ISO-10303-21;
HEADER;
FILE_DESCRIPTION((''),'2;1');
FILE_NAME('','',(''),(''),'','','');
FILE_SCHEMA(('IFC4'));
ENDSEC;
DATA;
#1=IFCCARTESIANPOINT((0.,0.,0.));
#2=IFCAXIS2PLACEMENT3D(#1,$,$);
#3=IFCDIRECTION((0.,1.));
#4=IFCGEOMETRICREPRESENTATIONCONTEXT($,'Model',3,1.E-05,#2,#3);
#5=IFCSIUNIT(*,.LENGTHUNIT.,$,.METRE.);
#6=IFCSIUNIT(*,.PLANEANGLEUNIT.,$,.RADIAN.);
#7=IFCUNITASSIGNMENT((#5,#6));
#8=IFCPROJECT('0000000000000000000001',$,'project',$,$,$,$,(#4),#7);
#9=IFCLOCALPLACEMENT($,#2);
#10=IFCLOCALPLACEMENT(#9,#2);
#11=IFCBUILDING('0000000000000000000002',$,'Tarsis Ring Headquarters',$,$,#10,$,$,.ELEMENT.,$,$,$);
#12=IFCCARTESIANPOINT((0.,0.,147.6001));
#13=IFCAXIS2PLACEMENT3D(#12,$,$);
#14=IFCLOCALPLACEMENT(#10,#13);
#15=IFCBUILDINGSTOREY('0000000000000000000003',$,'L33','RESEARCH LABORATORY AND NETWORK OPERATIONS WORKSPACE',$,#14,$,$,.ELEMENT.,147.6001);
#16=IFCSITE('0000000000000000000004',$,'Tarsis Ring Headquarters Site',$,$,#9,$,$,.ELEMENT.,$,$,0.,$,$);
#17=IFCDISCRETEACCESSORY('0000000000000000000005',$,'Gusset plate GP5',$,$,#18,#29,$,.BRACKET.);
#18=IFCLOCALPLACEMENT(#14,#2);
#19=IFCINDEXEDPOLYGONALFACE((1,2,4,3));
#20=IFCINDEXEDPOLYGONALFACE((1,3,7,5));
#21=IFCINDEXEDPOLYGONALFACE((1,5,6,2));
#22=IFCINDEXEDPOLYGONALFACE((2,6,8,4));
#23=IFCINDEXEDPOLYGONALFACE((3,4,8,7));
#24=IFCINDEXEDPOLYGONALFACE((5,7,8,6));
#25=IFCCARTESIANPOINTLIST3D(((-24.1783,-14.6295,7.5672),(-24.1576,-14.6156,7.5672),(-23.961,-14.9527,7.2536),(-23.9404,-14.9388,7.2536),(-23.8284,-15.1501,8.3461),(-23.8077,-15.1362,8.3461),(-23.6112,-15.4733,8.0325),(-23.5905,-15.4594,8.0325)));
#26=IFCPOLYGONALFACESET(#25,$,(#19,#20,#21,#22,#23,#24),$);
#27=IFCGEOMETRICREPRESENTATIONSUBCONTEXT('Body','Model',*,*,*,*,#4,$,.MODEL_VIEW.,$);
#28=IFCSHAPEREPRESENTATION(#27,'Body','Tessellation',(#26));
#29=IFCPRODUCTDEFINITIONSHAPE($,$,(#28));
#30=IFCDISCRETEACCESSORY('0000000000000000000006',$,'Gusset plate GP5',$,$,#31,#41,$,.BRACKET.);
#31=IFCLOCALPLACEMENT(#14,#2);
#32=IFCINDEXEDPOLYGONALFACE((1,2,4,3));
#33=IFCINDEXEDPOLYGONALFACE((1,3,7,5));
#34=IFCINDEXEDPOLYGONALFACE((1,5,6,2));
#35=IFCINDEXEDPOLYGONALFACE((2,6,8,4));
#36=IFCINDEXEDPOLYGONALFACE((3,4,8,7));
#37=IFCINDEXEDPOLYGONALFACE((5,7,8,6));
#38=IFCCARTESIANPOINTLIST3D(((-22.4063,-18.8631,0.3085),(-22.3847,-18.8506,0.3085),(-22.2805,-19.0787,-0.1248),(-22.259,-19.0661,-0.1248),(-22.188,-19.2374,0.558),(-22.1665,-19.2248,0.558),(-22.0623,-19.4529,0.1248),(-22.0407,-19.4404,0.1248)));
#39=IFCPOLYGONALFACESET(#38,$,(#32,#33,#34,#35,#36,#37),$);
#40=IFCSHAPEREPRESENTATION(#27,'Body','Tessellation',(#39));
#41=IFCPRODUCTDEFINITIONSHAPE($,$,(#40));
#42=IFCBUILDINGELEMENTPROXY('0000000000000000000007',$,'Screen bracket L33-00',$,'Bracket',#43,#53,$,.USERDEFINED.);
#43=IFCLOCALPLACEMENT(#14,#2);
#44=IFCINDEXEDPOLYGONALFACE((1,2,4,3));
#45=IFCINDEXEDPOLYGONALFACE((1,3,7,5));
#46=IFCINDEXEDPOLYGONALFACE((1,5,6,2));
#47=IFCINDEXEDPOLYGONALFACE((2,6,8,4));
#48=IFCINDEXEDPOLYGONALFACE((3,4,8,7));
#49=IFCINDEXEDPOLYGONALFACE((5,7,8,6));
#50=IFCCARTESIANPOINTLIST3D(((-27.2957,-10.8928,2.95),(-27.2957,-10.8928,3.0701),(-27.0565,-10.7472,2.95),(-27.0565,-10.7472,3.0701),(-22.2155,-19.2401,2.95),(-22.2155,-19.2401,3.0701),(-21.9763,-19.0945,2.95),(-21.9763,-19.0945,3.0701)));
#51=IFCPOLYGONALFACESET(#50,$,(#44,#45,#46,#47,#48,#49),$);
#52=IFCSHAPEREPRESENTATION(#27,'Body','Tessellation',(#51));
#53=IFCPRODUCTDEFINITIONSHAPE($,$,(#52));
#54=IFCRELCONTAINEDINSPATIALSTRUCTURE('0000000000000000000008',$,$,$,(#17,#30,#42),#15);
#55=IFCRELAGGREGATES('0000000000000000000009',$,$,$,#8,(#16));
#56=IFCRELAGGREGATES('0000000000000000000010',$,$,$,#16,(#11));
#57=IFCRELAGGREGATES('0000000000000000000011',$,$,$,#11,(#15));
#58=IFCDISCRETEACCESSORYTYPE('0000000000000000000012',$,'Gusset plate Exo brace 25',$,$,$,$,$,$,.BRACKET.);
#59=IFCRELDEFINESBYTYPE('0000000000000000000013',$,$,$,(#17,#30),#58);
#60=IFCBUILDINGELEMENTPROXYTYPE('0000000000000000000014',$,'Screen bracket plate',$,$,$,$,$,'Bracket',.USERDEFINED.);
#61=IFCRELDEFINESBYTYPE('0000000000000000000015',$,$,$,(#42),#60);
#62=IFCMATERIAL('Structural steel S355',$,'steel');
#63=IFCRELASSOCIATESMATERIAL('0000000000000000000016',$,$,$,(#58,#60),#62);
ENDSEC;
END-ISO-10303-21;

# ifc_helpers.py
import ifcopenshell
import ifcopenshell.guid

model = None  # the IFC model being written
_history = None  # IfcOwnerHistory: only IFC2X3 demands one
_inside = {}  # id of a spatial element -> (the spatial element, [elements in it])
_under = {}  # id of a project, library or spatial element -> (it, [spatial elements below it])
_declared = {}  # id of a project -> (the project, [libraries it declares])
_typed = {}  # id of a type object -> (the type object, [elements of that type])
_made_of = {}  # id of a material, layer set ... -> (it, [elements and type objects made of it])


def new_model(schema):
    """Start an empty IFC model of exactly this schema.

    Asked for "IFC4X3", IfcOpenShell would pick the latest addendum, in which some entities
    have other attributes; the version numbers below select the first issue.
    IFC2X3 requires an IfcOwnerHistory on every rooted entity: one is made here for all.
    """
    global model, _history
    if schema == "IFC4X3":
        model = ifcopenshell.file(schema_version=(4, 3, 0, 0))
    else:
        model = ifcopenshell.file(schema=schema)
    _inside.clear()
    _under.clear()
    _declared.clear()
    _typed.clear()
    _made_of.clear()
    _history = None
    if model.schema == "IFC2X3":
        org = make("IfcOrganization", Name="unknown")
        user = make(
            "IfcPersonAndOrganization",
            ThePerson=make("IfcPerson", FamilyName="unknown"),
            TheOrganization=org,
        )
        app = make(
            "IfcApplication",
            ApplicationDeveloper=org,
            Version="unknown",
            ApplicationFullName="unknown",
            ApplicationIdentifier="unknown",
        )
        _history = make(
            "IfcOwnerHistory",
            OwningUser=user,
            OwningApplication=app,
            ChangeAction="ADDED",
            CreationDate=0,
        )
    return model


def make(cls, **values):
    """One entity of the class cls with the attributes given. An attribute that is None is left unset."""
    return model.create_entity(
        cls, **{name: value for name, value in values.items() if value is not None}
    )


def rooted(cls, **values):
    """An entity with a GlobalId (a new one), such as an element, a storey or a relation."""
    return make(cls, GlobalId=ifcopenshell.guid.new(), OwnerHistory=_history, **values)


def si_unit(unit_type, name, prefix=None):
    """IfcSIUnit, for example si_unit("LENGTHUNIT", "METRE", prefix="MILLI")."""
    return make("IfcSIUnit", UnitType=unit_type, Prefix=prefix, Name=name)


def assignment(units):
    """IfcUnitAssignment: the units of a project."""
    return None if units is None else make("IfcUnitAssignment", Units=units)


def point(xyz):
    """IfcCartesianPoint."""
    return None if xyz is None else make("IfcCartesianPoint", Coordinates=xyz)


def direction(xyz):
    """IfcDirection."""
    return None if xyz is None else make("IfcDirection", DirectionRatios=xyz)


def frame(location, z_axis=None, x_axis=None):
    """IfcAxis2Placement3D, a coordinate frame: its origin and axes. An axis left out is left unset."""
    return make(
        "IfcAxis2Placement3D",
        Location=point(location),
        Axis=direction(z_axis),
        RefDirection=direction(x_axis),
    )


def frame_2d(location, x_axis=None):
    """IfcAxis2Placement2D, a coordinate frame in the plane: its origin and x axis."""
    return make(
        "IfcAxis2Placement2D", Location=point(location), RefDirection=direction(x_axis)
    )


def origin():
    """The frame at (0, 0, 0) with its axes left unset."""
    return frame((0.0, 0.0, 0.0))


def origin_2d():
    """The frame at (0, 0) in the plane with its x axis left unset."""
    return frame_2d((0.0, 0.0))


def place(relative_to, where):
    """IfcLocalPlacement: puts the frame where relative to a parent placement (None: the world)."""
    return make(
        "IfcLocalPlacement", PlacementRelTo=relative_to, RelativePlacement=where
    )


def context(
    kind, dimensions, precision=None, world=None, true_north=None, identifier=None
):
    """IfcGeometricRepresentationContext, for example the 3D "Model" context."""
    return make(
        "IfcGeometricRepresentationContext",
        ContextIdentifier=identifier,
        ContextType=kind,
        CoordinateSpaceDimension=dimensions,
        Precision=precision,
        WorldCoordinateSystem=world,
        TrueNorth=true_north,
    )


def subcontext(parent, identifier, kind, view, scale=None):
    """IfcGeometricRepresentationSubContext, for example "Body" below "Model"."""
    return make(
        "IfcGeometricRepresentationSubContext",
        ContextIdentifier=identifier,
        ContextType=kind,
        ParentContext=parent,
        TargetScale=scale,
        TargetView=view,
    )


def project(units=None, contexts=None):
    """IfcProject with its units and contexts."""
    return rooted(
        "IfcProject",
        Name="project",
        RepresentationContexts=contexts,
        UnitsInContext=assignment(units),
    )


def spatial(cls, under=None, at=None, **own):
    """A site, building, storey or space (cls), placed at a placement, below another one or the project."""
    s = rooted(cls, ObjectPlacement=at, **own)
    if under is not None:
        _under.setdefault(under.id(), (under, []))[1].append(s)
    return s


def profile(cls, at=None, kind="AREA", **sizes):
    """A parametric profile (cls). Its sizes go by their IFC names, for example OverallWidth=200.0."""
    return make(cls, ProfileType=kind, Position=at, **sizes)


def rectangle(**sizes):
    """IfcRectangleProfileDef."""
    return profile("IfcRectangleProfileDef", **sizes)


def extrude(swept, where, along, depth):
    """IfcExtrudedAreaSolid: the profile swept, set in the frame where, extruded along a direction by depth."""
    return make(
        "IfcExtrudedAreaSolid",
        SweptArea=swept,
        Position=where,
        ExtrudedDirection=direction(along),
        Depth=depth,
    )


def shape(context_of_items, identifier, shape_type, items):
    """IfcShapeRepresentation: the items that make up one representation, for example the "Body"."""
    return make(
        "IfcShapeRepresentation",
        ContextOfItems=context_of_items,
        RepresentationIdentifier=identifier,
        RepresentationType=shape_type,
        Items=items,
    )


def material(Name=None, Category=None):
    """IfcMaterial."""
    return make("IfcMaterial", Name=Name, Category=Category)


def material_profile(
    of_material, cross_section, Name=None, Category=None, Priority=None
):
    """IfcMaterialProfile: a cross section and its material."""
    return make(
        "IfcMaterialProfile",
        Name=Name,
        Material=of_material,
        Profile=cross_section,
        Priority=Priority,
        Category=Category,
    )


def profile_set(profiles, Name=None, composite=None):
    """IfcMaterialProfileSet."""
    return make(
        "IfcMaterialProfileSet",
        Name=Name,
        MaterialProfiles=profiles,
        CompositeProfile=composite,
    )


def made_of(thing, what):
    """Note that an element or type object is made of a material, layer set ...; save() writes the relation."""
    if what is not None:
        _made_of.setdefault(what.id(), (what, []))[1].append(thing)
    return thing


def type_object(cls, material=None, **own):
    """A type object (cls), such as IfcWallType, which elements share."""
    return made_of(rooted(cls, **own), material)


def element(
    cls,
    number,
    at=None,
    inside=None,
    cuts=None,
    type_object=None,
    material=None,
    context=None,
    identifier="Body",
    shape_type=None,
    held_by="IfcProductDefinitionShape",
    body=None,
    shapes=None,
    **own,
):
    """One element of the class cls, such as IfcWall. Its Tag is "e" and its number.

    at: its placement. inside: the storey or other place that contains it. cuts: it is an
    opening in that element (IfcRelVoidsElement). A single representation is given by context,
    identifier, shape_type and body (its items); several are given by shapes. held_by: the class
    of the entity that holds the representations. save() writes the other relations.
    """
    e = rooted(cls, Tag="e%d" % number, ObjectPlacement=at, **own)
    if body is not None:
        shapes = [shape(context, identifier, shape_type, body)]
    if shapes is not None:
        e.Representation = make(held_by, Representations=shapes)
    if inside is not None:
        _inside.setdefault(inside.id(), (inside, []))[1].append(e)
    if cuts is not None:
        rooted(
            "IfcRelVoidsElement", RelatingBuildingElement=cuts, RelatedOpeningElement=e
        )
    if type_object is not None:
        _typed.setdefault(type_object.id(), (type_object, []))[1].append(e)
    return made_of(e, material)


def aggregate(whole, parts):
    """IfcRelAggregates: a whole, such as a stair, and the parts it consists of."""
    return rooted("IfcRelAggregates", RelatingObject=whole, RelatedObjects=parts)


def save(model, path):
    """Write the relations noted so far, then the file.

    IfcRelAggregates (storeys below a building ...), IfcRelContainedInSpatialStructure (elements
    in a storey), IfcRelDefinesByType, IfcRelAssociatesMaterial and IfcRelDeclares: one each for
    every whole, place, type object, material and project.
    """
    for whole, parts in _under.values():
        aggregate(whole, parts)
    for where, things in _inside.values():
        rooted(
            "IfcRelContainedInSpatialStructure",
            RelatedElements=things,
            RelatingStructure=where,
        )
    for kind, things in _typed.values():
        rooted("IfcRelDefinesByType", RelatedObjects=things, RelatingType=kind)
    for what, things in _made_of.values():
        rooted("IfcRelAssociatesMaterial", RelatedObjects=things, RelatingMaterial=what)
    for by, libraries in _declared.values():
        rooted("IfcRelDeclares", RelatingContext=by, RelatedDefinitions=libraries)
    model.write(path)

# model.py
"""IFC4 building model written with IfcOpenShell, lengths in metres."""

from ifc_helpers import new_model, si_unit, direction, frame, origin, origin_2d, place, context, subcontext, project, spatial, rectangle, extrude, material, material_profile, profile_set, type_object, element, save


model = new_model("IFC4")

# Units and contexts
model_context = context("Model", 3, precision=1e-05, world=origin(), true_north=direction((0.0, 1.0)))
body_context = subcontext(model_context, "Body", "Model", "MODEL_VIEW")
ifc_project = project(units=[si_unit("LENGTHUNIT", "METRE"), si_unit("PLANEANGLEUNIT", "RADIAN")], contexts=[model_context])

# Site, building, storey
site_placement = place(None, origin())
site = spatial("IfcSite", under=ifc_project, at=site_placement, Name="Tarsis Ring Headquarters Site", CompositionType="ELEMENT", RefElevation=0.0)
building_placement = place(site_placement, origin())
building = spatial("IfcBuilding", under=site, at=building_placement, Name="Tarsis Ring Headquarters", CompositionType="ELEMENT")
storey_placement = place(building_placement, frame((0.0, 0.0, 147.6001)))
storey = spatial("IfcBuildingStorey", under=building, at=storey_placement, Name="L33", Description="RESEARCH LABORATORY AND NETWORK OPERATIONS WORKSPACE", CompositionType="ELEMENT", Elevation=147.6001)

# Shared definitions
ifc_material_1 = material(Name="Structural steel S355", Category="steel")

# Discrete accessories
ifc_material_profile_1 = material_profile(ifc_material_1, rectangle(XDim=0.0249, YDim=0.5, at=origin_2d()), Name="PL 25x500")
ifc_profile_set_1 = profile_set([ifc_material_profile_1], Name="Structural steel S355")
discrete_accessory_type = type_object("IfcDiscreteAccessoryType", Name="Gusset plate Exo brace 25", PredefinedType="BRACKET", material=ifc_profile_set_1)
discrete_accessory_1_placement = place(storey_placement, frame((-24.0593, -14.7842, 7.4104), z_axis=(0.349876, -0.520542, 0.77886), x_axis=(0.829948, 0.55784, 0.0)))
element("IfcDiscreteAccessory", 1, at=discrete_accessory_1_placement, inside=storey, type_object=discrete_accessory_type, Name="Gusset plate GP5", PredefinedType="BRACKET", context=body_context, shape_type="SweptSolid", body=[
    extrude(rectangle(XDim=0.0249, YDim=0.5, at=origin_2d()), origin(), (0.0, 0.0, 1.0), 1.0),
])
discrete_accessory_2_placement = place(storey_placement, frame((-22.1606, -19.2595, 0.0), z_axis=(-0.251428, 0.431089, 0.866572), x_axis=(-0.863814, -0.50381, 0.0)))
element("IfcDiscreteAccessory", 2, at=discrete_accessory_2_placement, inside=storey, type_object=discrete_accessory_type, Name="Gusset plate GP5", PredefinedType="BRACKET", context=body_context, shape_type="SweptSolid", body=[
    extrude(rectangle(XDim=0.0249, YDim=0.5, at=origin_2d()), origin(), (0.0, 0.0, 1.0), 0.5),
])

# Building element proxy
building_element_proxy_type = type_object("IfcBuildingElementProxyType", Name="Screen bracket plate", ElementType="Bracket", PredefinedType="USERDEFINED", material=ifc_material_1)
proxy_placement = place(storey_placement, frame((-24.636, -14.9937, 2.95), z_axis=(0.0, 0.0, 1.0), x_axis=(0.519892, -0.854232, 0.0)))
element("IfcBuildingElementProxy", 3, at=proxy_placement, inside=storey, type_object=building_element_proxy_type, Name="Screen bracket L33-00", ObjectType="Bracket", PredefinedType="USERDEFINED", context=body_context, shape_type="SweptSolid", body=[
    extrude(rectangle(XDim=9.7717, YDim=0.28, at=origin_2d()), origin(), (0.0, 0.0, 1.0), 0.1201),
])

save(model, "model.ifc")
